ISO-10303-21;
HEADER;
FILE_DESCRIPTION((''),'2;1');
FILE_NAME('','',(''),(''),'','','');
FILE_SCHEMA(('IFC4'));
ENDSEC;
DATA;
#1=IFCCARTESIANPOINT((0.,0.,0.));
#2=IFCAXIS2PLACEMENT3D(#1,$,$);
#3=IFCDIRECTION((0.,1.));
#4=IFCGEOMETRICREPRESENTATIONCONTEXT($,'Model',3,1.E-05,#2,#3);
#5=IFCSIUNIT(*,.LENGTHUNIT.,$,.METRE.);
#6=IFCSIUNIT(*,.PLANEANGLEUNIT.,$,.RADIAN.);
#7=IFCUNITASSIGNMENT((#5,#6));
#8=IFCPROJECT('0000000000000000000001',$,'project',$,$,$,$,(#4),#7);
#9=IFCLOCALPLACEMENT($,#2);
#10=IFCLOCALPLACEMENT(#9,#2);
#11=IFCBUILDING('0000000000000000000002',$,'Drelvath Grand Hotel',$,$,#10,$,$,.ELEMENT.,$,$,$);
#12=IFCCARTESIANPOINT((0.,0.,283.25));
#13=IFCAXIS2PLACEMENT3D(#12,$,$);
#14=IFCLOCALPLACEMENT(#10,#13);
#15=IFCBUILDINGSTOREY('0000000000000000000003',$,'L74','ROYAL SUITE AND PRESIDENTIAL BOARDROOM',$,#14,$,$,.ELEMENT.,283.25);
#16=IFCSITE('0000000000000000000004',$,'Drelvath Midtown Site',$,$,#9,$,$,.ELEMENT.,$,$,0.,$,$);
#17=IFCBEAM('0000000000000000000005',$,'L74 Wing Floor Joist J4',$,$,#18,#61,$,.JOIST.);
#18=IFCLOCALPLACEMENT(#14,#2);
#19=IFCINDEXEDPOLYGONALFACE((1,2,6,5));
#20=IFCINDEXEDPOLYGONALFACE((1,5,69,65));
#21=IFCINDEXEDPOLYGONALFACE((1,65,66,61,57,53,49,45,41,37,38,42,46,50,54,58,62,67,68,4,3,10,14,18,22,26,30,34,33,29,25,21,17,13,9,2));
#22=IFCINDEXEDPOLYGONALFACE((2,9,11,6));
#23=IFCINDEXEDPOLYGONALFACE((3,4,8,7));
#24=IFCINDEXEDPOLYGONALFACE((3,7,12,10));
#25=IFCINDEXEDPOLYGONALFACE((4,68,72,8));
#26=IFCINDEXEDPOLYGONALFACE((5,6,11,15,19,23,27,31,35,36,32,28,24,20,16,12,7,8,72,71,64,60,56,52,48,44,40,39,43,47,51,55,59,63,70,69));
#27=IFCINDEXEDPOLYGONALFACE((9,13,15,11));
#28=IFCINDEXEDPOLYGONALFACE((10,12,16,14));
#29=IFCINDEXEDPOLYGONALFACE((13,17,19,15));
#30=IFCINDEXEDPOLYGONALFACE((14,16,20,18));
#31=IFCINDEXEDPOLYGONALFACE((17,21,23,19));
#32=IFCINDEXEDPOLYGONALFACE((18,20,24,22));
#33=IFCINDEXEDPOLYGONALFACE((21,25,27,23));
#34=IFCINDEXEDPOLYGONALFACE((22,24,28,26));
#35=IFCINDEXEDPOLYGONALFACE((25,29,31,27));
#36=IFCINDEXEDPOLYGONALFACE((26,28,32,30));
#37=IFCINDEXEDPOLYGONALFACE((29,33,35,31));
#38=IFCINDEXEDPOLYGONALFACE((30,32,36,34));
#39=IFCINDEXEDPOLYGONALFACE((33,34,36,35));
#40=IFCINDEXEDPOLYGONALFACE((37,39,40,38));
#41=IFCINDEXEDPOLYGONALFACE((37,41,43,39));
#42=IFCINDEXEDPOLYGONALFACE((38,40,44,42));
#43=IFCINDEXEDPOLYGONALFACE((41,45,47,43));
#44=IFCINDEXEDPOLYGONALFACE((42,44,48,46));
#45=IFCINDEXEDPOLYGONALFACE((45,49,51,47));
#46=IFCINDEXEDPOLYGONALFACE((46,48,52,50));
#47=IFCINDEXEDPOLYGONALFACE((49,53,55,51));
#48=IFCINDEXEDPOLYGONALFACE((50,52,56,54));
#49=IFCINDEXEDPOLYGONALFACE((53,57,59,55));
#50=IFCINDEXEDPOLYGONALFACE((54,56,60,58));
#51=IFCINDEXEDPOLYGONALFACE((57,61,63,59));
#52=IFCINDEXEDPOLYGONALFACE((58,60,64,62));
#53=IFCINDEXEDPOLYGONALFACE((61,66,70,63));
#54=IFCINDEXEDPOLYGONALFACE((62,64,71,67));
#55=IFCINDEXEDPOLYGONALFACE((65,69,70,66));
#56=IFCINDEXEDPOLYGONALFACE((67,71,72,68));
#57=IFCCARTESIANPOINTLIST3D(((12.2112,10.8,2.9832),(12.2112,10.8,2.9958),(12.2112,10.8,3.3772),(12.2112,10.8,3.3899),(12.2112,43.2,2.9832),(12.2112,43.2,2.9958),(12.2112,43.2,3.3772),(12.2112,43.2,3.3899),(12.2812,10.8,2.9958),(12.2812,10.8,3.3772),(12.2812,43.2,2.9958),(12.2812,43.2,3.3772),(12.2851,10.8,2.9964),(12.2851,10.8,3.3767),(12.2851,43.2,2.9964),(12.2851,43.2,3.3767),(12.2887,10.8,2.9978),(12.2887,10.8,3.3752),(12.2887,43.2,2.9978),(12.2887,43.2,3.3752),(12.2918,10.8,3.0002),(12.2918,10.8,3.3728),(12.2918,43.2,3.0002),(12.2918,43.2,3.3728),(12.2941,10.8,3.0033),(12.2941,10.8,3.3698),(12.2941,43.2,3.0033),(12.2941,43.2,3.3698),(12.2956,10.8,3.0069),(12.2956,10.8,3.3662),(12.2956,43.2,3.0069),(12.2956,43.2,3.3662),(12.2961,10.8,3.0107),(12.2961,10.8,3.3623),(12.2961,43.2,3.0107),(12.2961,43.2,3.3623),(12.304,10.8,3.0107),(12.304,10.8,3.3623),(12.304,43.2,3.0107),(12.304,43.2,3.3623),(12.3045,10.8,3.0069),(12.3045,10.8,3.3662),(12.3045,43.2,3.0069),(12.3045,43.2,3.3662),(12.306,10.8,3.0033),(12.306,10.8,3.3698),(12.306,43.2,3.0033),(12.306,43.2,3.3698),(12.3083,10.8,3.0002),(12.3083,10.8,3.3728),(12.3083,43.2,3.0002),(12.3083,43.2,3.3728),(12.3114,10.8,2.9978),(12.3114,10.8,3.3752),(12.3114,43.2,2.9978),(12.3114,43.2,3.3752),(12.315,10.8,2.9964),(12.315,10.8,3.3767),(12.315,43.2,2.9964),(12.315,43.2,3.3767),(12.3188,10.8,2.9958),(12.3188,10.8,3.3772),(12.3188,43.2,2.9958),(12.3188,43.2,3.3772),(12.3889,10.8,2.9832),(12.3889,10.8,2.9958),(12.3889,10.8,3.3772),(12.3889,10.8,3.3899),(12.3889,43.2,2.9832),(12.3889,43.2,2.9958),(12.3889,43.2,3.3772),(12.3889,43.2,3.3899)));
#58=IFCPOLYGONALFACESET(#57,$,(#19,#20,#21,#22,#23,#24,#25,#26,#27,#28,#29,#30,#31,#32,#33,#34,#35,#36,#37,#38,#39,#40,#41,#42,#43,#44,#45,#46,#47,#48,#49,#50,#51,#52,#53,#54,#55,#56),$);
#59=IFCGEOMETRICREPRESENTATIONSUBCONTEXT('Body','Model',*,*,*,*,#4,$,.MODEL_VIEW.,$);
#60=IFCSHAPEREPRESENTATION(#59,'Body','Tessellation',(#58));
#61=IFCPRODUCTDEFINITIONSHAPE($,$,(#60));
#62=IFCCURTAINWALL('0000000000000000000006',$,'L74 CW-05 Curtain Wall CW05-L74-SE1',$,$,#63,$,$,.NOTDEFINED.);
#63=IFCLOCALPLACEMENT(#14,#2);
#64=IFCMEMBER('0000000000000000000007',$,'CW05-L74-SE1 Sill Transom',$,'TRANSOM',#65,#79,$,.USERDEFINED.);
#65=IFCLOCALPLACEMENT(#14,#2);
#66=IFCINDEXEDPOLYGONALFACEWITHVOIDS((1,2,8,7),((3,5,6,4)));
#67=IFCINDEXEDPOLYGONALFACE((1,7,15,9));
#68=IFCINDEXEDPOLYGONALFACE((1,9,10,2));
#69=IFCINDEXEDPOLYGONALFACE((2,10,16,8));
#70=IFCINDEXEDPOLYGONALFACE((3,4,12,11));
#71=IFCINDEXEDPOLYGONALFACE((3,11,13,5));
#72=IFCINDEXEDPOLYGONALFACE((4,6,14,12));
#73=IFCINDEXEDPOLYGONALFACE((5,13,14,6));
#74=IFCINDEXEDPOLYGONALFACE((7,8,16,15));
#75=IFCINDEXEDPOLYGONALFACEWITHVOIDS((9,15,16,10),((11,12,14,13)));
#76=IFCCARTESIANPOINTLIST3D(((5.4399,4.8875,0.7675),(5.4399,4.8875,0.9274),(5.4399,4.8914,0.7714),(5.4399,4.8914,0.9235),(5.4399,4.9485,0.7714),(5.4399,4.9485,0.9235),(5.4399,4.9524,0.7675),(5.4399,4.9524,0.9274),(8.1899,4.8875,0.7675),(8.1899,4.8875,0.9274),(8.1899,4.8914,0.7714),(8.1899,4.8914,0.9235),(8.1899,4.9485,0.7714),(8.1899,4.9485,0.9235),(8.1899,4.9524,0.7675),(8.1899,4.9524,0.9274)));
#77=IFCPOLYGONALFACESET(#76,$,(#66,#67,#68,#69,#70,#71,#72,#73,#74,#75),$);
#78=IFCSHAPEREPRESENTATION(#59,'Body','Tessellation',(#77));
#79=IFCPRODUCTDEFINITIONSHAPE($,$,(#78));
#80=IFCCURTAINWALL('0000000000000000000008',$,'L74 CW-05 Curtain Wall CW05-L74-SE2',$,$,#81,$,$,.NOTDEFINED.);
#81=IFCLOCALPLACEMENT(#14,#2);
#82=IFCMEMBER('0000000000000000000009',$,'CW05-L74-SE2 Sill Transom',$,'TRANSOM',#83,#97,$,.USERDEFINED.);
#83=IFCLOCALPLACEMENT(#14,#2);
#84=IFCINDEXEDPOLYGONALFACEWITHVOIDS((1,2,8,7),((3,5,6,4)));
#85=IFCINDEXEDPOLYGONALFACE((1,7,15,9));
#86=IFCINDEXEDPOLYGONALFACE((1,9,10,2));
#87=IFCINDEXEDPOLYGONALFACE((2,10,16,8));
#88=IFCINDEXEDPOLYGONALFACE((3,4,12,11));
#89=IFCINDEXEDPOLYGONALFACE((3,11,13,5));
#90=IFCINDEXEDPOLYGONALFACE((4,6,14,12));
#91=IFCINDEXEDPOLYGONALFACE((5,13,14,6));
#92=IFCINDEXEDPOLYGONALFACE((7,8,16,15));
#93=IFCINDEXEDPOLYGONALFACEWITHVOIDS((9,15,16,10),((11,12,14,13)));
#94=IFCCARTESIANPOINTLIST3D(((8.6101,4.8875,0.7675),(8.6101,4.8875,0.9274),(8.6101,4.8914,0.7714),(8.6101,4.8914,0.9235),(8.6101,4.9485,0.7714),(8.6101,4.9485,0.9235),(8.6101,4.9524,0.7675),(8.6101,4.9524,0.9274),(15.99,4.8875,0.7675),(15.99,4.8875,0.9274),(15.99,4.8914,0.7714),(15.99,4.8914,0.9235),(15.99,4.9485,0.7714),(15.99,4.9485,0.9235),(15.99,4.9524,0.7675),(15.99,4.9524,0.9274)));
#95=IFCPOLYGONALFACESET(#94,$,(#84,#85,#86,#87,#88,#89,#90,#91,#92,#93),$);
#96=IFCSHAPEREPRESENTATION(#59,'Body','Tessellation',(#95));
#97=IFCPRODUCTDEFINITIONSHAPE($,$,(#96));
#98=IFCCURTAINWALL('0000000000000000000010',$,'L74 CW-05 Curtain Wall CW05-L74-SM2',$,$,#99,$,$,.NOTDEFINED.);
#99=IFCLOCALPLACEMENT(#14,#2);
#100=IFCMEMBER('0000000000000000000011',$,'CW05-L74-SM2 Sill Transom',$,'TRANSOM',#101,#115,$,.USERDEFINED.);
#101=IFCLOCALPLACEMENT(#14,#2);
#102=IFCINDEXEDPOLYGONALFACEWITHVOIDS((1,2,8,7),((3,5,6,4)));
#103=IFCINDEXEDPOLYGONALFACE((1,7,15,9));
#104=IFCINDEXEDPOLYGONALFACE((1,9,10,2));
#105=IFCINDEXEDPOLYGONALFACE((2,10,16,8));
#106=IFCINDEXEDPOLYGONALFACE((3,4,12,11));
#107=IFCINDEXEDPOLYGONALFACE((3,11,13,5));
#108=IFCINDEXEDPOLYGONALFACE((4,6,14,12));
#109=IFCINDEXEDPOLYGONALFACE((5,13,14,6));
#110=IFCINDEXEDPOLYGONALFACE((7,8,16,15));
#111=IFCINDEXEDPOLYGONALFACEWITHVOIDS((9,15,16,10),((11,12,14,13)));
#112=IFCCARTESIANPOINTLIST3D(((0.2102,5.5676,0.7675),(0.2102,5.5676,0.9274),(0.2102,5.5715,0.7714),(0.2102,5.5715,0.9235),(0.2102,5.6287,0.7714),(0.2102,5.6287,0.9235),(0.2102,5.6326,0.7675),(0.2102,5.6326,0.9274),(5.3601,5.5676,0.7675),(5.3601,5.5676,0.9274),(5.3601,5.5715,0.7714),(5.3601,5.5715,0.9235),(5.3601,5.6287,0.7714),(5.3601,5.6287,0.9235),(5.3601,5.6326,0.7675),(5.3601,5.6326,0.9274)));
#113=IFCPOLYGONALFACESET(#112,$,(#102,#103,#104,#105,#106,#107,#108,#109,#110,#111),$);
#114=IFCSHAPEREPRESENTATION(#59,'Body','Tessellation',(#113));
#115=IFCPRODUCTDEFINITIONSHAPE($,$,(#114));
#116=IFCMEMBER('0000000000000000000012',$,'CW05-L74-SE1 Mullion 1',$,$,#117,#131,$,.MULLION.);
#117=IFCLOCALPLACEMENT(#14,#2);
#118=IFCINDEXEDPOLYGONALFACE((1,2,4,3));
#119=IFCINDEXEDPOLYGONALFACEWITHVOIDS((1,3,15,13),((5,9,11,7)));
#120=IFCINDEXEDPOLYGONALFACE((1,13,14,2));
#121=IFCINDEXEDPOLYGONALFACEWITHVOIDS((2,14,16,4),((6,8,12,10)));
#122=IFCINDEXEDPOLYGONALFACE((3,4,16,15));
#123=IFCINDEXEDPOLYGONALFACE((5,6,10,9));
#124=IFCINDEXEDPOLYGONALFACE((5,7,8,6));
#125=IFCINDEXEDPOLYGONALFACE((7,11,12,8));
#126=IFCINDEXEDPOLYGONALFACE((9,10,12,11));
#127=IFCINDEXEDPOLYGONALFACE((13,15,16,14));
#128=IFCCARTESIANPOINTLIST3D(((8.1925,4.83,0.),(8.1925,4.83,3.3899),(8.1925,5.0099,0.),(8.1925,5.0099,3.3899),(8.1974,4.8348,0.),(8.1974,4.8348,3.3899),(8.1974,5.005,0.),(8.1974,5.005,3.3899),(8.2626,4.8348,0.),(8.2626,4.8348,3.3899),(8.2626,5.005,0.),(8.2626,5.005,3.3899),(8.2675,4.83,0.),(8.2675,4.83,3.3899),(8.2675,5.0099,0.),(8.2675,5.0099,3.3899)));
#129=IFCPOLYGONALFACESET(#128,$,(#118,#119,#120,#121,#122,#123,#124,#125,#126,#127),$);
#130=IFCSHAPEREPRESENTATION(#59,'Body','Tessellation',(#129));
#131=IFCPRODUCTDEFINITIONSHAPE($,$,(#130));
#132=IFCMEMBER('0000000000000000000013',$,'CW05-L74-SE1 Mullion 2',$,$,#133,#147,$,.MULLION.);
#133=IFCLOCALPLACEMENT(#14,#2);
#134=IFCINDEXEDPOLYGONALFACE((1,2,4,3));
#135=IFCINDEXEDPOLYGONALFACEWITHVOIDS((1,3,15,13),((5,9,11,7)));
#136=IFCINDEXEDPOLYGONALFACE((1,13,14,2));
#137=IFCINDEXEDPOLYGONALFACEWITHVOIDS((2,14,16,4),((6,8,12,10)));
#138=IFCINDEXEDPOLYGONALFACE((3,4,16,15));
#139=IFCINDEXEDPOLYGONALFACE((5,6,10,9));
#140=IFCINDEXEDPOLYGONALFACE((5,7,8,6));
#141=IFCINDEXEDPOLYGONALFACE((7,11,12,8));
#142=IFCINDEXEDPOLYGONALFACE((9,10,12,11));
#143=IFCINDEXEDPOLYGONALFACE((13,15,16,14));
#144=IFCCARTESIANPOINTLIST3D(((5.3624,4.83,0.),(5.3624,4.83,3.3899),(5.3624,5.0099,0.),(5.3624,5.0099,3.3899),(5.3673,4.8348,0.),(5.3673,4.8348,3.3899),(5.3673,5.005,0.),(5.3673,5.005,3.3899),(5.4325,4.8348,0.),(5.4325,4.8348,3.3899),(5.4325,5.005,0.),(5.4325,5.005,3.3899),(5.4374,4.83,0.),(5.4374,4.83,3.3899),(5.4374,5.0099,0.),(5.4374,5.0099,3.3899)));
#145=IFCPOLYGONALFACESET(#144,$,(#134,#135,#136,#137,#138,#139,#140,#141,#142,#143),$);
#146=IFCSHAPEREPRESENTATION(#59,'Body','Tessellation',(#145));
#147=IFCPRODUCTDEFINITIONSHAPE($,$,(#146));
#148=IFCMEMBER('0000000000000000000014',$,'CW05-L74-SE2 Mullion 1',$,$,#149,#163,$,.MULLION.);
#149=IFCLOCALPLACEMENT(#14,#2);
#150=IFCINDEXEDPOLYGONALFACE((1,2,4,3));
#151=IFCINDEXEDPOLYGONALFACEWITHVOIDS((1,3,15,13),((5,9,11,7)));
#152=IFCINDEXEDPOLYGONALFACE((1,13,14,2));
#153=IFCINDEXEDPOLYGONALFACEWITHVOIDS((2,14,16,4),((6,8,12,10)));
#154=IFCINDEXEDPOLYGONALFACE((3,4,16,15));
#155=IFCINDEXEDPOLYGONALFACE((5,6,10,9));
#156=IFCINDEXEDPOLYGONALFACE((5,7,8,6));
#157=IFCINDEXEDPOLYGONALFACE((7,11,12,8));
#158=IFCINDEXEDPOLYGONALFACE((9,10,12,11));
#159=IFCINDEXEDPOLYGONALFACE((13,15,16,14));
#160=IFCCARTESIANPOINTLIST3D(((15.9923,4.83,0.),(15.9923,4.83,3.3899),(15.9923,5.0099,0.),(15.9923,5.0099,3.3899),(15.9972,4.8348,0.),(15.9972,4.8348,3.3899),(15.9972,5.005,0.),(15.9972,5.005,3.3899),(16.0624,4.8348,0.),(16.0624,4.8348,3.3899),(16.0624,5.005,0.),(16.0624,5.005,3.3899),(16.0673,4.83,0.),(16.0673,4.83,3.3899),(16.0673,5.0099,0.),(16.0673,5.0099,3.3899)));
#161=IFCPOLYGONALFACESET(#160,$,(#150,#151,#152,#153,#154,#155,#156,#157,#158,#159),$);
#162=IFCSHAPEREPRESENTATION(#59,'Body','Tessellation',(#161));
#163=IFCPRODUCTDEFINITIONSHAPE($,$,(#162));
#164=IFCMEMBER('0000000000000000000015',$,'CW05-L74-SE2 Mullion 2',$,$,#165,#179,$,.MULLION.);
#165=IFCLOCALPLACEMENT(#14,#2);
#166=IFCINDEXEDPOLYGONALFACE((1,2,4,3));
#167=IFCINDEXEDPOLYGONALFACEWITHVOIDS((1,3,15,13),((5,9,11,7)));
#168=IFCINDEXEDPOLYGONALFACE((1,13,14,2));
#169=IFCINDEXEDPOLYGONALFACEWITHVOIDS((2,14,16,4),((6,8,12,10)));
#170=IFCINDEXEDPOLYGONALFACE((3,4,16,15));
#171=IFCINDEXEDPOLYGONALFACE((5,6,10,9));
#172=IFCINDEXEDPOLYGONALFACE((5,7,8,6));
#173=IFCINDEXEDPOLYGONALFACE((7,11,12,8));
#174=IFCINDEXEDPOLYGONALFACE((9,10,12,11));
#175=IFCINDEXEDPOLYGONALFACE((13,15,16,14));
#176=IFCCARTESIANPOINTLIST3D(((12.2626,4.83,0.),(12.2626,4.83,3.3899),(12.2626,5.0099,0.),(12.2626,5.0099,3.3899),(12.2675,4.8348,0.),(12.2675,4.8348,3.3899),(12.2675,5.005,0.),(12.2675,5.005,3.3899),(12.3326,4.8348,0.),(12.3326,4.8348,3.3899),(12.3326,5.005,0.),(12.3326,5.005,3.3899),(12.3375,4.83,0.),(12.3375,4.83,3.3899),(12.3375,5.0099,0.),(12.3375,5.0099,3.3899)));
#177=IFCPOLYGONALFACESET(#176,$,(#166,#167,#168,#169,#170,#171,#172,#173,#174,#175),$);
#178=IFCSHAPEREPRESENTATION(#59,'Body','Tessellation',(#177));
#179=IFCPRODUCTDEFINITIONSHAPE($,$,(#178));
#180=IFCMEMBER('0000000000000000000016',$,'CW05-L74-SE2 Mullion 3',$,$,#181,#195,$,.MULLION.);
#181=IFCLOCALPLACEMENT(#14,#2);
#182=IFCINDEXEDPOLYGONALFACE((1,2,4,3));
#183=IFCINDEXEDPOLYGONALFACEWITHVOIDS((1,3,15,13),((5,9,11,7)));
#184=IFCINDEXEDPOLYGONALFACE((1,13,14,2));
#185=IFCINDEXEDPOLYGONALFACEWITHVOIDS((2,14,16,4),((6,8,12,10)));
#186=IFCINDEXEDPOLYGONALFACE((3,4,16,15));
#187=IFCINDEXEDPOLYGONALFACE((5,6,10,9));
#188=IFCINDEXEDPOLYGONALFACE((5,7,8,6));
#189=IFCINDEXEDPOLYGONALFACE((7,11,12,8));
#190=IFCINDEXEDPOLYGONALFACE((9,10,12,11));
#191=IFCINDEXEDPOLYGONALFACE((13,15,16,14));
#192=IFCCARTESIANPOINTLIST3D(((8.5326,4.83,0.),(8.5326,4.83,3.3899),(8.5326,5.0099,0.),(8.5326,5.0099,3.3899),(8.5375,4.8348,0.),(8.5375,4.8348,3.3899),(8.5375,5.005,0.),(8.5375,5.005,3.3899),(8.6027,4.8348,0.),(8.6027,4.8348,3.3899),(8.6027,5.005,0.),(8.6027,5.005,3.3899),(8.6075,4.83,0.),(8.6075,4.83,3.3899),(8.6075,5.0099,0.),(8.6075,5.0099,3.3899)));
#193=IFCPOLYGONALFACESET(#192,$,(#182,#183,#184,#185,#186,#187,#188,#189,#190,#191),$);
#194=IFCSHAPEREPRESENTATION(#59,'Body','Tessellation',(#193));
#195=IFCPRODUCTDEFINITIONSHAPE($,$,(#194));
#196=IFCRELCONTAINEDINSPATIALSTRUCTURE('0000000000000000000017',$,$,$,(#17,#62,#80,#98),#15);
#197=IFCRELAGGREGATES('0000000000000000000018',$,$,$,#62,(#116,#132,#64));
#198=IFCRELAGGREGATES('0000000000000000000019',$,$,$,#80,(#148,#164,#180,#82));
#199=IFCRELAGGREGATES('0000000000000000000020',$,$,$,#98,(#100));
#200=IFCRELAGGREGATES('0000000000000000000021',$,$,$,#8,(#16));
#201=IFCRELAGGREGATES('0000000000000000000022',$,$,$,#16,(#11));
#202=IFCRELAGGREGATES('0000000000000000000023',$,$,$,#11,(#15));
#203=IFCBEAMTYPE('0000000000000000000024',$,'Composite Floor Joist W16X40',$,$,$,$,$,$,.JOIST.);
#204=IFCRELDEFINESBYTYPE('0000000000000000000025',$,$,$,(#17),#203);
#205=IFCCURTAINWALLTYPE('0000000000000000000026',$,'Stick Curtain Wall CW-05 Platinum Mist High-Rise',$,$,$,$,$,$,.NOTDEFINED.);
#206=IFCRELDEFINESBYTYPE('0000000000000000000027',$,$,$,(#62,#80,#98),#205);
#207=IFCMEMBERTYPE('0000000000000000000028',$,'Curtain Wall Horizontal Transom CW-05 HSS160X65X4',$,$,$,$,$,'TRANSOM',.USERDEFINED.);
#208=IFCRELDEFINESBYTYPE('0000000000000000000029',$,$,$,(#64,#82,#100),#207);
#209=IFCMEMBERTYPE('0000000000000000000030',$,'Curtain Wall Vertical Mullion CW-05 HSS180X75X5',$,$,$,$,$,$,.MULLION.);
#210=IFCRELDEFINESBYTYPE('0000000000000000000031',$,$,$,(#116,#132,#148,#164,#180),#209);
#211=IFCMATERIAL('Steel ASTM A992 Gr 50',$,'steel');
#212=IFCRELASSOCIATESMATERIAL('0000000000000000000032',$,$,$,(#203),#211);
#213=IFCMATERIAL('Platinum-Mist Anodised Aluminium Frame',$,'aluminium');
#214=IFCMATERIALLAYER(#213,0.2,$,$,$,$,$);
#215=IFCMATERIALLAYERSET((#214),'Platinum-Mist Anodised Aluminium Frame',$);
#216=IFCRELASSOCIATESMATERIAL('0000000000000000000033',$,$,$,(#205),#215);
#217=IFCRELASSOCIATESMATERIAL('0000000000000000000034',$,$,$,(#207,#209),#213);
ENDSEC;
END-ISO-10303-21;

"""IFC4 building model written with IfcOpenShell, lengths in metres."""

from ifc_helpers import new_model, si_unit, direction, frame, origin, origin_2d, place, context, subcontext, project, spatial, hollow_rectangle, i_section, extrude, material, layer, layer_set, material_profile, profile_set, type_object, element, aggregate, save


model = new_model("IFC4")

# Units and contexts
model_context = context("Model", 3, precision=1e-05, world=origin(), true_north=direction((0.0, 1.0)))
body_context = subcontext(model_context, "Body", "Model", "MODEL_VIEW")
ifc_project = project(units=[si_unit("LENGTHUNIT", "METRE"), si_unit("PLANEANGLEUNIT", "RADIAN")], contexts=[model_context])

# Site, building, storey
site_placement = place(None, origin())
site = spatial("IfcSite", under=ifc_project, at=site_placement, Name="Drelvath Midtown Site", CompositionType="ELEMENT", RefElevation=0.0)
building_placement = place(site_placement, origin())
building = spatial("IfcBuilding", under=site, at=building_placement, Name="Drelvath Grand Hotel", CompositionType="ELEMENT")
storey_placement = place(building_placement, frame((0.0, 0.0, 283.25)))
storey = spatial("IfcBuildingStorey", under=building, at=storey_placement, Name="L74", Description="ROYAL SUITE AND PRESIDENTIAL BOARDROOM", CompositionType="ELEMENT", Elevation=283.25)

# Beam
ifc_material_1 = material(Name="Steel ASTM A992 Gr 50", Category="steel")
ifc_material_profile_1 = material_profile(ifc_material_1, i_section(OverallWidth=0.1777, OverallDepth=0.4067, WebThickness=0.0078, FlangeThickness=0.0127, FilletRadius=0.0149, at=origin_2d()), Name="W16X40")
ifc_profile_set_1 = profile_set([ifc_material_profile_1], Name="Steel ASTM A992 Gr 50")
beam_type_1 = type_object("IfcBeamType", Name="Composite Floor Joist W16X40", PredefinedType="JOIST", material=ifc_profile_set_1)
beam_1_placement = place(storey_placement, frame((12.3, 10.8, 3.1865), z_axis=(0.0, 1.0, 0.0), x_axis=(-1.0, 0.0, 0.0)))
element("IfcBeam", 1, at=beam_1_placement, inside=storey, type_object=beam_type_1, Name="L74 Wing Floor Joist J4", PredefinedType="JOIST", context=body_context, shape_type="SweptSolid", body=[
    extrude(i_section(OverallWidth=0.1777, OverallDepth=0.4067, WebThickness=0.0078, FlangeThickness=0.0127, FilletRadius=0.0149, at=origin_2d()), origin(), (0.0, 0.0, 1.0), 32.3999),
])

# Curtain walls, members
ifc_material_2 = material(Name="Platinum-Mist Anodised Aluminium Frame", Category="aluminium")
ifc_layer_1 = layer(ifc_material_2, 0.2)
ifc_layer_set_1 = layer_set([ifc_layer_1], Name="Platinum-Mist Anodised Aluminium Frame")
curtain_wall_type = type_object("IfcCurtainWallType", Name="Stick Curtain Wall CW-05 Platinum Mist High-Rise", PredefinedType="NOTDEFINED", material=ifc_layer_set_1)
curtain_wall_1_placement = place(storey_placement, origin())
curtain_wall_1 = element("IfcCurtainWall", 2, at=curtain_wall_1_placement, inside=storey, type_object=curtain_wall_type, Name="L74 CW-05 Curtain Wall CW05-L74-SE1", PredefinedType="NOTDEFINED")
ifc_material_profile_2 = material_profile(ifc_material_2, hollow_rectangle(XDim=0.0649, YDim=0.1599, WallThickness=0.0039, at=origin_2d()), Name="HSS160X65X4")
ifc_profile_set_2 = profile_set([ifc_material_profile_2], Name="Platinum-Mist Anodised Aluminium Frame")
member_type_1 = type_object("IfcMemberType", Name="Curtain Wall Horizontal Transom CW-05 HSS160X65X4", ElementType="TRANSOM", PredefinedType="USERDEFINED", material=ifc_profile_set_2)
member_1_placement = place(storey_placement, frame((8.1899, 4.9199, 0.8474), z_axis=(-1.0, 0.0, 0.0), x_axis=(0.0, -1.0, 0.0)))
member_1 = element("IfcMember", 3, at=member_1_placement, type_object=member_type_1, Name="CW05-L74-SE1 Sill Transom", ObjectType="TRANSOM", PredefinedType="USERDEFINED", context=body_context, shape_type="SweptSolid", body=[
    extrude(hollow_rectangle(XDim=0.0649, YDim=0.1599, WallThickness=0.0039, at=origin_2d()), origin(), (0.0, 0.0, 1.0), 2.75),
])
curtain_wall_2_placement = place(storey_placement, origin())
curtain_wall_2 = element("IfcCurtainWall", 4, at=curtain_wall_2_placement, inside=storey, type_object=curtain_wall_type, Name="L74 CW-05 Curtain Wall CW05-L74-SE2", PredefinedType="NOTDEFINED")
member_2_placement = place(storey_placement, frame((15.99, 4.9199, 0.8474), z_axis=(-1.0, 0.0, 0.0), x_axis=(0.0, -1.0, 0.0)))
member_2 = element("IfcMember", 5, at=member_2_placement, type_object=member_type_1, Name="CW05-L74-SE2 Sill Transom", ObjectType="TRANSOM", PredefinedType="USERDEFINED", context=body_context, shape_type="SweptSolid", body=[
    extrude(hollow_rectangle(XDim=0.0649, YDim=0.1599, WallThickness=0.0039, at=origin_2d()), origin(), (0.0, 0.0, 1.0), 7.3799),
])
curtain_wall_3_placement = place(storey_placement, origin())
curtain_wall_3 = element("IfcCurtainWall", 6, at=curtain_wall_3_placement, inside=storey, type_object=curtain_wall_type, Name="L74 CW-05 Curtain Wall CW05-L74-SM2", PredefinedType="NOTDEFINED")
member_3_placement = place(storey_placement, frame((5.3601, 5.6001, 0.8474), z_axis=(-1.0, 0.0, 0.0), x_axis=(0.0, -1.0, 0.0)))
member_3 = element("IfcMember", 7, at=member_3_placement, type_object=member_type_1, Name="CW05-L74-SM2 Sill Transom", ObjectType="TRANSOM", PredefinedType="USERDEFINED", context=body_context, shape_type="SweptSolid", body=[
    extrude(hollow_rectangle(XDim=0.0649, YDim=0.1599, WallThickness=0.0039, at=origin_2d()), origin(), (0.0, 0.0, 1.0), 5.1499),
])

# Members
ifc_material_profile_3 = material_profile(ifc_material_2, hollow_rectangle(XDim=0.075, YDim=0.1799, WallThickness=0.0049, at=origin_2d()), Name="HSS180X75X5")
ifc_profile_set_3 = profile_set([ifc_material_profile_3], Name="Platinum-Mist Anodised Aluminium Frame")
member_type_2 = type_object("IfcMemberType", Name="Curtain Wall Vertical Mullion CW-05 HSS180X75X5", PredefinedType="MULLION", material=ifc_profile_set_3)
member_4_placement = place(storey_placement, frame((8.23, 4.9199, 0.0), z_axis=(0.0, 0.0, 1.0), x_axis=(1.0, 0.0, 0.0)))
member_4 = element("IfcMember", 8, at=member_4_placement, type_object=member_type_2, Name="CW05-L74-SE1 Mullion 1", PredefinedType="MULLION", context=body_context, shape_type="SweptSolid", body=[
    extrude(hollow_rectangle(XDim=0.075, YDim=0.1799, WallThickness=0.0049, at=origin_2d()), origin(), (0.0, 0.0, 1.0), 3.3899),
])
member_5_placement = place(storey_placement, frame((5.3999, 4.9199, 0.0), z_axis=(0.0, 0.0, 1.0), x_axis=(1.0, 0.0, 0.0)))
member_5 = element("IfcMember", 9, at=member_5_placement, type_object=member_type_2, Name="CW05-L74-SE1 Mullion 2", PredefinedType="MULLION", context=body_context, shape_type="SweptSolid", body=[
    extrude(hollow_rectangle(XDim=0.075, YDim=0.1799, WallThickness=0.0049, at=origin_2d()), origin(), (0.0, 0.0, 1.0), 3.3899),
])
member_6_placement = place(storey_placement, frame((16.0298, 4.9199, 0.0), z_axis=(0.0, 0.0, 1.0), x_axis=(1.0, 0.0, 0.0)))
member_6 = element("IfcMember", 10, at=member_6_placement, type_object=member_type_2, Name="CW05-L74-SE2 Mullion 1", PredefinedType="MULLION", context=body_context, shape_type="SweptSolid", body=[
    extrude(hollow_rectangle(XDim=0.075, YDim=0.1799, WallThickness=0.0049, at=origin_2d()), origin(), (0.0, 0.0, 1.0), 3.3899),
])
member_7_placement = place(storey_placement, frame((12.3, 4.9199, 0.0), z_axis=(0.0, 0.0, 1.0), x_axis=(1.0, 0.0, 0.0)))
member_7 = element("IfcMember", 11, at=member_7_placement, type_object=member_type_2, Name="CW05-L74-SE2 Mullion 2", PredefinedType="MULLION", context=body_context, shape_type="SweptSolid", body=[
    extrude(hollow_rectangle(XDim=0.075, YDim=0.1799, WallThickness=0.0049, at=origin_2d()), origin(), (0.0, 0.0, 1.0), 3.3899),
])
member_8_placement = place(storey_placement, frame((8.5701, 4.9199, 0.0), z_axis=(0.0, 0.0, 1.0), x_axis=(1.0, 0.0, 0.0)))
member_8 = element("IfcMember", 12, at=member_8_placement, type_object=member_type_2, Name="CW05-L74-SE2 Mullion 3", PredefinedType="MULLION", context=body_context, shape_type="SweptSolid", body=[
    extrude(hollow_rectangle(XDim=0.075, YDim=0.1799, WallThickness=0.0049, at=origin_2d()), origin(), (0.0, 0.0, 1.0), 3.3899),
])

aggregate(curtain_wall_1, [member_4, member_5, member_1])
aggregate(curtain_wall_2, [member_6, member_7, member_8, member_2])
aggregate(curtain_wall_3, [member_3])

save(model, "model.ifc")
